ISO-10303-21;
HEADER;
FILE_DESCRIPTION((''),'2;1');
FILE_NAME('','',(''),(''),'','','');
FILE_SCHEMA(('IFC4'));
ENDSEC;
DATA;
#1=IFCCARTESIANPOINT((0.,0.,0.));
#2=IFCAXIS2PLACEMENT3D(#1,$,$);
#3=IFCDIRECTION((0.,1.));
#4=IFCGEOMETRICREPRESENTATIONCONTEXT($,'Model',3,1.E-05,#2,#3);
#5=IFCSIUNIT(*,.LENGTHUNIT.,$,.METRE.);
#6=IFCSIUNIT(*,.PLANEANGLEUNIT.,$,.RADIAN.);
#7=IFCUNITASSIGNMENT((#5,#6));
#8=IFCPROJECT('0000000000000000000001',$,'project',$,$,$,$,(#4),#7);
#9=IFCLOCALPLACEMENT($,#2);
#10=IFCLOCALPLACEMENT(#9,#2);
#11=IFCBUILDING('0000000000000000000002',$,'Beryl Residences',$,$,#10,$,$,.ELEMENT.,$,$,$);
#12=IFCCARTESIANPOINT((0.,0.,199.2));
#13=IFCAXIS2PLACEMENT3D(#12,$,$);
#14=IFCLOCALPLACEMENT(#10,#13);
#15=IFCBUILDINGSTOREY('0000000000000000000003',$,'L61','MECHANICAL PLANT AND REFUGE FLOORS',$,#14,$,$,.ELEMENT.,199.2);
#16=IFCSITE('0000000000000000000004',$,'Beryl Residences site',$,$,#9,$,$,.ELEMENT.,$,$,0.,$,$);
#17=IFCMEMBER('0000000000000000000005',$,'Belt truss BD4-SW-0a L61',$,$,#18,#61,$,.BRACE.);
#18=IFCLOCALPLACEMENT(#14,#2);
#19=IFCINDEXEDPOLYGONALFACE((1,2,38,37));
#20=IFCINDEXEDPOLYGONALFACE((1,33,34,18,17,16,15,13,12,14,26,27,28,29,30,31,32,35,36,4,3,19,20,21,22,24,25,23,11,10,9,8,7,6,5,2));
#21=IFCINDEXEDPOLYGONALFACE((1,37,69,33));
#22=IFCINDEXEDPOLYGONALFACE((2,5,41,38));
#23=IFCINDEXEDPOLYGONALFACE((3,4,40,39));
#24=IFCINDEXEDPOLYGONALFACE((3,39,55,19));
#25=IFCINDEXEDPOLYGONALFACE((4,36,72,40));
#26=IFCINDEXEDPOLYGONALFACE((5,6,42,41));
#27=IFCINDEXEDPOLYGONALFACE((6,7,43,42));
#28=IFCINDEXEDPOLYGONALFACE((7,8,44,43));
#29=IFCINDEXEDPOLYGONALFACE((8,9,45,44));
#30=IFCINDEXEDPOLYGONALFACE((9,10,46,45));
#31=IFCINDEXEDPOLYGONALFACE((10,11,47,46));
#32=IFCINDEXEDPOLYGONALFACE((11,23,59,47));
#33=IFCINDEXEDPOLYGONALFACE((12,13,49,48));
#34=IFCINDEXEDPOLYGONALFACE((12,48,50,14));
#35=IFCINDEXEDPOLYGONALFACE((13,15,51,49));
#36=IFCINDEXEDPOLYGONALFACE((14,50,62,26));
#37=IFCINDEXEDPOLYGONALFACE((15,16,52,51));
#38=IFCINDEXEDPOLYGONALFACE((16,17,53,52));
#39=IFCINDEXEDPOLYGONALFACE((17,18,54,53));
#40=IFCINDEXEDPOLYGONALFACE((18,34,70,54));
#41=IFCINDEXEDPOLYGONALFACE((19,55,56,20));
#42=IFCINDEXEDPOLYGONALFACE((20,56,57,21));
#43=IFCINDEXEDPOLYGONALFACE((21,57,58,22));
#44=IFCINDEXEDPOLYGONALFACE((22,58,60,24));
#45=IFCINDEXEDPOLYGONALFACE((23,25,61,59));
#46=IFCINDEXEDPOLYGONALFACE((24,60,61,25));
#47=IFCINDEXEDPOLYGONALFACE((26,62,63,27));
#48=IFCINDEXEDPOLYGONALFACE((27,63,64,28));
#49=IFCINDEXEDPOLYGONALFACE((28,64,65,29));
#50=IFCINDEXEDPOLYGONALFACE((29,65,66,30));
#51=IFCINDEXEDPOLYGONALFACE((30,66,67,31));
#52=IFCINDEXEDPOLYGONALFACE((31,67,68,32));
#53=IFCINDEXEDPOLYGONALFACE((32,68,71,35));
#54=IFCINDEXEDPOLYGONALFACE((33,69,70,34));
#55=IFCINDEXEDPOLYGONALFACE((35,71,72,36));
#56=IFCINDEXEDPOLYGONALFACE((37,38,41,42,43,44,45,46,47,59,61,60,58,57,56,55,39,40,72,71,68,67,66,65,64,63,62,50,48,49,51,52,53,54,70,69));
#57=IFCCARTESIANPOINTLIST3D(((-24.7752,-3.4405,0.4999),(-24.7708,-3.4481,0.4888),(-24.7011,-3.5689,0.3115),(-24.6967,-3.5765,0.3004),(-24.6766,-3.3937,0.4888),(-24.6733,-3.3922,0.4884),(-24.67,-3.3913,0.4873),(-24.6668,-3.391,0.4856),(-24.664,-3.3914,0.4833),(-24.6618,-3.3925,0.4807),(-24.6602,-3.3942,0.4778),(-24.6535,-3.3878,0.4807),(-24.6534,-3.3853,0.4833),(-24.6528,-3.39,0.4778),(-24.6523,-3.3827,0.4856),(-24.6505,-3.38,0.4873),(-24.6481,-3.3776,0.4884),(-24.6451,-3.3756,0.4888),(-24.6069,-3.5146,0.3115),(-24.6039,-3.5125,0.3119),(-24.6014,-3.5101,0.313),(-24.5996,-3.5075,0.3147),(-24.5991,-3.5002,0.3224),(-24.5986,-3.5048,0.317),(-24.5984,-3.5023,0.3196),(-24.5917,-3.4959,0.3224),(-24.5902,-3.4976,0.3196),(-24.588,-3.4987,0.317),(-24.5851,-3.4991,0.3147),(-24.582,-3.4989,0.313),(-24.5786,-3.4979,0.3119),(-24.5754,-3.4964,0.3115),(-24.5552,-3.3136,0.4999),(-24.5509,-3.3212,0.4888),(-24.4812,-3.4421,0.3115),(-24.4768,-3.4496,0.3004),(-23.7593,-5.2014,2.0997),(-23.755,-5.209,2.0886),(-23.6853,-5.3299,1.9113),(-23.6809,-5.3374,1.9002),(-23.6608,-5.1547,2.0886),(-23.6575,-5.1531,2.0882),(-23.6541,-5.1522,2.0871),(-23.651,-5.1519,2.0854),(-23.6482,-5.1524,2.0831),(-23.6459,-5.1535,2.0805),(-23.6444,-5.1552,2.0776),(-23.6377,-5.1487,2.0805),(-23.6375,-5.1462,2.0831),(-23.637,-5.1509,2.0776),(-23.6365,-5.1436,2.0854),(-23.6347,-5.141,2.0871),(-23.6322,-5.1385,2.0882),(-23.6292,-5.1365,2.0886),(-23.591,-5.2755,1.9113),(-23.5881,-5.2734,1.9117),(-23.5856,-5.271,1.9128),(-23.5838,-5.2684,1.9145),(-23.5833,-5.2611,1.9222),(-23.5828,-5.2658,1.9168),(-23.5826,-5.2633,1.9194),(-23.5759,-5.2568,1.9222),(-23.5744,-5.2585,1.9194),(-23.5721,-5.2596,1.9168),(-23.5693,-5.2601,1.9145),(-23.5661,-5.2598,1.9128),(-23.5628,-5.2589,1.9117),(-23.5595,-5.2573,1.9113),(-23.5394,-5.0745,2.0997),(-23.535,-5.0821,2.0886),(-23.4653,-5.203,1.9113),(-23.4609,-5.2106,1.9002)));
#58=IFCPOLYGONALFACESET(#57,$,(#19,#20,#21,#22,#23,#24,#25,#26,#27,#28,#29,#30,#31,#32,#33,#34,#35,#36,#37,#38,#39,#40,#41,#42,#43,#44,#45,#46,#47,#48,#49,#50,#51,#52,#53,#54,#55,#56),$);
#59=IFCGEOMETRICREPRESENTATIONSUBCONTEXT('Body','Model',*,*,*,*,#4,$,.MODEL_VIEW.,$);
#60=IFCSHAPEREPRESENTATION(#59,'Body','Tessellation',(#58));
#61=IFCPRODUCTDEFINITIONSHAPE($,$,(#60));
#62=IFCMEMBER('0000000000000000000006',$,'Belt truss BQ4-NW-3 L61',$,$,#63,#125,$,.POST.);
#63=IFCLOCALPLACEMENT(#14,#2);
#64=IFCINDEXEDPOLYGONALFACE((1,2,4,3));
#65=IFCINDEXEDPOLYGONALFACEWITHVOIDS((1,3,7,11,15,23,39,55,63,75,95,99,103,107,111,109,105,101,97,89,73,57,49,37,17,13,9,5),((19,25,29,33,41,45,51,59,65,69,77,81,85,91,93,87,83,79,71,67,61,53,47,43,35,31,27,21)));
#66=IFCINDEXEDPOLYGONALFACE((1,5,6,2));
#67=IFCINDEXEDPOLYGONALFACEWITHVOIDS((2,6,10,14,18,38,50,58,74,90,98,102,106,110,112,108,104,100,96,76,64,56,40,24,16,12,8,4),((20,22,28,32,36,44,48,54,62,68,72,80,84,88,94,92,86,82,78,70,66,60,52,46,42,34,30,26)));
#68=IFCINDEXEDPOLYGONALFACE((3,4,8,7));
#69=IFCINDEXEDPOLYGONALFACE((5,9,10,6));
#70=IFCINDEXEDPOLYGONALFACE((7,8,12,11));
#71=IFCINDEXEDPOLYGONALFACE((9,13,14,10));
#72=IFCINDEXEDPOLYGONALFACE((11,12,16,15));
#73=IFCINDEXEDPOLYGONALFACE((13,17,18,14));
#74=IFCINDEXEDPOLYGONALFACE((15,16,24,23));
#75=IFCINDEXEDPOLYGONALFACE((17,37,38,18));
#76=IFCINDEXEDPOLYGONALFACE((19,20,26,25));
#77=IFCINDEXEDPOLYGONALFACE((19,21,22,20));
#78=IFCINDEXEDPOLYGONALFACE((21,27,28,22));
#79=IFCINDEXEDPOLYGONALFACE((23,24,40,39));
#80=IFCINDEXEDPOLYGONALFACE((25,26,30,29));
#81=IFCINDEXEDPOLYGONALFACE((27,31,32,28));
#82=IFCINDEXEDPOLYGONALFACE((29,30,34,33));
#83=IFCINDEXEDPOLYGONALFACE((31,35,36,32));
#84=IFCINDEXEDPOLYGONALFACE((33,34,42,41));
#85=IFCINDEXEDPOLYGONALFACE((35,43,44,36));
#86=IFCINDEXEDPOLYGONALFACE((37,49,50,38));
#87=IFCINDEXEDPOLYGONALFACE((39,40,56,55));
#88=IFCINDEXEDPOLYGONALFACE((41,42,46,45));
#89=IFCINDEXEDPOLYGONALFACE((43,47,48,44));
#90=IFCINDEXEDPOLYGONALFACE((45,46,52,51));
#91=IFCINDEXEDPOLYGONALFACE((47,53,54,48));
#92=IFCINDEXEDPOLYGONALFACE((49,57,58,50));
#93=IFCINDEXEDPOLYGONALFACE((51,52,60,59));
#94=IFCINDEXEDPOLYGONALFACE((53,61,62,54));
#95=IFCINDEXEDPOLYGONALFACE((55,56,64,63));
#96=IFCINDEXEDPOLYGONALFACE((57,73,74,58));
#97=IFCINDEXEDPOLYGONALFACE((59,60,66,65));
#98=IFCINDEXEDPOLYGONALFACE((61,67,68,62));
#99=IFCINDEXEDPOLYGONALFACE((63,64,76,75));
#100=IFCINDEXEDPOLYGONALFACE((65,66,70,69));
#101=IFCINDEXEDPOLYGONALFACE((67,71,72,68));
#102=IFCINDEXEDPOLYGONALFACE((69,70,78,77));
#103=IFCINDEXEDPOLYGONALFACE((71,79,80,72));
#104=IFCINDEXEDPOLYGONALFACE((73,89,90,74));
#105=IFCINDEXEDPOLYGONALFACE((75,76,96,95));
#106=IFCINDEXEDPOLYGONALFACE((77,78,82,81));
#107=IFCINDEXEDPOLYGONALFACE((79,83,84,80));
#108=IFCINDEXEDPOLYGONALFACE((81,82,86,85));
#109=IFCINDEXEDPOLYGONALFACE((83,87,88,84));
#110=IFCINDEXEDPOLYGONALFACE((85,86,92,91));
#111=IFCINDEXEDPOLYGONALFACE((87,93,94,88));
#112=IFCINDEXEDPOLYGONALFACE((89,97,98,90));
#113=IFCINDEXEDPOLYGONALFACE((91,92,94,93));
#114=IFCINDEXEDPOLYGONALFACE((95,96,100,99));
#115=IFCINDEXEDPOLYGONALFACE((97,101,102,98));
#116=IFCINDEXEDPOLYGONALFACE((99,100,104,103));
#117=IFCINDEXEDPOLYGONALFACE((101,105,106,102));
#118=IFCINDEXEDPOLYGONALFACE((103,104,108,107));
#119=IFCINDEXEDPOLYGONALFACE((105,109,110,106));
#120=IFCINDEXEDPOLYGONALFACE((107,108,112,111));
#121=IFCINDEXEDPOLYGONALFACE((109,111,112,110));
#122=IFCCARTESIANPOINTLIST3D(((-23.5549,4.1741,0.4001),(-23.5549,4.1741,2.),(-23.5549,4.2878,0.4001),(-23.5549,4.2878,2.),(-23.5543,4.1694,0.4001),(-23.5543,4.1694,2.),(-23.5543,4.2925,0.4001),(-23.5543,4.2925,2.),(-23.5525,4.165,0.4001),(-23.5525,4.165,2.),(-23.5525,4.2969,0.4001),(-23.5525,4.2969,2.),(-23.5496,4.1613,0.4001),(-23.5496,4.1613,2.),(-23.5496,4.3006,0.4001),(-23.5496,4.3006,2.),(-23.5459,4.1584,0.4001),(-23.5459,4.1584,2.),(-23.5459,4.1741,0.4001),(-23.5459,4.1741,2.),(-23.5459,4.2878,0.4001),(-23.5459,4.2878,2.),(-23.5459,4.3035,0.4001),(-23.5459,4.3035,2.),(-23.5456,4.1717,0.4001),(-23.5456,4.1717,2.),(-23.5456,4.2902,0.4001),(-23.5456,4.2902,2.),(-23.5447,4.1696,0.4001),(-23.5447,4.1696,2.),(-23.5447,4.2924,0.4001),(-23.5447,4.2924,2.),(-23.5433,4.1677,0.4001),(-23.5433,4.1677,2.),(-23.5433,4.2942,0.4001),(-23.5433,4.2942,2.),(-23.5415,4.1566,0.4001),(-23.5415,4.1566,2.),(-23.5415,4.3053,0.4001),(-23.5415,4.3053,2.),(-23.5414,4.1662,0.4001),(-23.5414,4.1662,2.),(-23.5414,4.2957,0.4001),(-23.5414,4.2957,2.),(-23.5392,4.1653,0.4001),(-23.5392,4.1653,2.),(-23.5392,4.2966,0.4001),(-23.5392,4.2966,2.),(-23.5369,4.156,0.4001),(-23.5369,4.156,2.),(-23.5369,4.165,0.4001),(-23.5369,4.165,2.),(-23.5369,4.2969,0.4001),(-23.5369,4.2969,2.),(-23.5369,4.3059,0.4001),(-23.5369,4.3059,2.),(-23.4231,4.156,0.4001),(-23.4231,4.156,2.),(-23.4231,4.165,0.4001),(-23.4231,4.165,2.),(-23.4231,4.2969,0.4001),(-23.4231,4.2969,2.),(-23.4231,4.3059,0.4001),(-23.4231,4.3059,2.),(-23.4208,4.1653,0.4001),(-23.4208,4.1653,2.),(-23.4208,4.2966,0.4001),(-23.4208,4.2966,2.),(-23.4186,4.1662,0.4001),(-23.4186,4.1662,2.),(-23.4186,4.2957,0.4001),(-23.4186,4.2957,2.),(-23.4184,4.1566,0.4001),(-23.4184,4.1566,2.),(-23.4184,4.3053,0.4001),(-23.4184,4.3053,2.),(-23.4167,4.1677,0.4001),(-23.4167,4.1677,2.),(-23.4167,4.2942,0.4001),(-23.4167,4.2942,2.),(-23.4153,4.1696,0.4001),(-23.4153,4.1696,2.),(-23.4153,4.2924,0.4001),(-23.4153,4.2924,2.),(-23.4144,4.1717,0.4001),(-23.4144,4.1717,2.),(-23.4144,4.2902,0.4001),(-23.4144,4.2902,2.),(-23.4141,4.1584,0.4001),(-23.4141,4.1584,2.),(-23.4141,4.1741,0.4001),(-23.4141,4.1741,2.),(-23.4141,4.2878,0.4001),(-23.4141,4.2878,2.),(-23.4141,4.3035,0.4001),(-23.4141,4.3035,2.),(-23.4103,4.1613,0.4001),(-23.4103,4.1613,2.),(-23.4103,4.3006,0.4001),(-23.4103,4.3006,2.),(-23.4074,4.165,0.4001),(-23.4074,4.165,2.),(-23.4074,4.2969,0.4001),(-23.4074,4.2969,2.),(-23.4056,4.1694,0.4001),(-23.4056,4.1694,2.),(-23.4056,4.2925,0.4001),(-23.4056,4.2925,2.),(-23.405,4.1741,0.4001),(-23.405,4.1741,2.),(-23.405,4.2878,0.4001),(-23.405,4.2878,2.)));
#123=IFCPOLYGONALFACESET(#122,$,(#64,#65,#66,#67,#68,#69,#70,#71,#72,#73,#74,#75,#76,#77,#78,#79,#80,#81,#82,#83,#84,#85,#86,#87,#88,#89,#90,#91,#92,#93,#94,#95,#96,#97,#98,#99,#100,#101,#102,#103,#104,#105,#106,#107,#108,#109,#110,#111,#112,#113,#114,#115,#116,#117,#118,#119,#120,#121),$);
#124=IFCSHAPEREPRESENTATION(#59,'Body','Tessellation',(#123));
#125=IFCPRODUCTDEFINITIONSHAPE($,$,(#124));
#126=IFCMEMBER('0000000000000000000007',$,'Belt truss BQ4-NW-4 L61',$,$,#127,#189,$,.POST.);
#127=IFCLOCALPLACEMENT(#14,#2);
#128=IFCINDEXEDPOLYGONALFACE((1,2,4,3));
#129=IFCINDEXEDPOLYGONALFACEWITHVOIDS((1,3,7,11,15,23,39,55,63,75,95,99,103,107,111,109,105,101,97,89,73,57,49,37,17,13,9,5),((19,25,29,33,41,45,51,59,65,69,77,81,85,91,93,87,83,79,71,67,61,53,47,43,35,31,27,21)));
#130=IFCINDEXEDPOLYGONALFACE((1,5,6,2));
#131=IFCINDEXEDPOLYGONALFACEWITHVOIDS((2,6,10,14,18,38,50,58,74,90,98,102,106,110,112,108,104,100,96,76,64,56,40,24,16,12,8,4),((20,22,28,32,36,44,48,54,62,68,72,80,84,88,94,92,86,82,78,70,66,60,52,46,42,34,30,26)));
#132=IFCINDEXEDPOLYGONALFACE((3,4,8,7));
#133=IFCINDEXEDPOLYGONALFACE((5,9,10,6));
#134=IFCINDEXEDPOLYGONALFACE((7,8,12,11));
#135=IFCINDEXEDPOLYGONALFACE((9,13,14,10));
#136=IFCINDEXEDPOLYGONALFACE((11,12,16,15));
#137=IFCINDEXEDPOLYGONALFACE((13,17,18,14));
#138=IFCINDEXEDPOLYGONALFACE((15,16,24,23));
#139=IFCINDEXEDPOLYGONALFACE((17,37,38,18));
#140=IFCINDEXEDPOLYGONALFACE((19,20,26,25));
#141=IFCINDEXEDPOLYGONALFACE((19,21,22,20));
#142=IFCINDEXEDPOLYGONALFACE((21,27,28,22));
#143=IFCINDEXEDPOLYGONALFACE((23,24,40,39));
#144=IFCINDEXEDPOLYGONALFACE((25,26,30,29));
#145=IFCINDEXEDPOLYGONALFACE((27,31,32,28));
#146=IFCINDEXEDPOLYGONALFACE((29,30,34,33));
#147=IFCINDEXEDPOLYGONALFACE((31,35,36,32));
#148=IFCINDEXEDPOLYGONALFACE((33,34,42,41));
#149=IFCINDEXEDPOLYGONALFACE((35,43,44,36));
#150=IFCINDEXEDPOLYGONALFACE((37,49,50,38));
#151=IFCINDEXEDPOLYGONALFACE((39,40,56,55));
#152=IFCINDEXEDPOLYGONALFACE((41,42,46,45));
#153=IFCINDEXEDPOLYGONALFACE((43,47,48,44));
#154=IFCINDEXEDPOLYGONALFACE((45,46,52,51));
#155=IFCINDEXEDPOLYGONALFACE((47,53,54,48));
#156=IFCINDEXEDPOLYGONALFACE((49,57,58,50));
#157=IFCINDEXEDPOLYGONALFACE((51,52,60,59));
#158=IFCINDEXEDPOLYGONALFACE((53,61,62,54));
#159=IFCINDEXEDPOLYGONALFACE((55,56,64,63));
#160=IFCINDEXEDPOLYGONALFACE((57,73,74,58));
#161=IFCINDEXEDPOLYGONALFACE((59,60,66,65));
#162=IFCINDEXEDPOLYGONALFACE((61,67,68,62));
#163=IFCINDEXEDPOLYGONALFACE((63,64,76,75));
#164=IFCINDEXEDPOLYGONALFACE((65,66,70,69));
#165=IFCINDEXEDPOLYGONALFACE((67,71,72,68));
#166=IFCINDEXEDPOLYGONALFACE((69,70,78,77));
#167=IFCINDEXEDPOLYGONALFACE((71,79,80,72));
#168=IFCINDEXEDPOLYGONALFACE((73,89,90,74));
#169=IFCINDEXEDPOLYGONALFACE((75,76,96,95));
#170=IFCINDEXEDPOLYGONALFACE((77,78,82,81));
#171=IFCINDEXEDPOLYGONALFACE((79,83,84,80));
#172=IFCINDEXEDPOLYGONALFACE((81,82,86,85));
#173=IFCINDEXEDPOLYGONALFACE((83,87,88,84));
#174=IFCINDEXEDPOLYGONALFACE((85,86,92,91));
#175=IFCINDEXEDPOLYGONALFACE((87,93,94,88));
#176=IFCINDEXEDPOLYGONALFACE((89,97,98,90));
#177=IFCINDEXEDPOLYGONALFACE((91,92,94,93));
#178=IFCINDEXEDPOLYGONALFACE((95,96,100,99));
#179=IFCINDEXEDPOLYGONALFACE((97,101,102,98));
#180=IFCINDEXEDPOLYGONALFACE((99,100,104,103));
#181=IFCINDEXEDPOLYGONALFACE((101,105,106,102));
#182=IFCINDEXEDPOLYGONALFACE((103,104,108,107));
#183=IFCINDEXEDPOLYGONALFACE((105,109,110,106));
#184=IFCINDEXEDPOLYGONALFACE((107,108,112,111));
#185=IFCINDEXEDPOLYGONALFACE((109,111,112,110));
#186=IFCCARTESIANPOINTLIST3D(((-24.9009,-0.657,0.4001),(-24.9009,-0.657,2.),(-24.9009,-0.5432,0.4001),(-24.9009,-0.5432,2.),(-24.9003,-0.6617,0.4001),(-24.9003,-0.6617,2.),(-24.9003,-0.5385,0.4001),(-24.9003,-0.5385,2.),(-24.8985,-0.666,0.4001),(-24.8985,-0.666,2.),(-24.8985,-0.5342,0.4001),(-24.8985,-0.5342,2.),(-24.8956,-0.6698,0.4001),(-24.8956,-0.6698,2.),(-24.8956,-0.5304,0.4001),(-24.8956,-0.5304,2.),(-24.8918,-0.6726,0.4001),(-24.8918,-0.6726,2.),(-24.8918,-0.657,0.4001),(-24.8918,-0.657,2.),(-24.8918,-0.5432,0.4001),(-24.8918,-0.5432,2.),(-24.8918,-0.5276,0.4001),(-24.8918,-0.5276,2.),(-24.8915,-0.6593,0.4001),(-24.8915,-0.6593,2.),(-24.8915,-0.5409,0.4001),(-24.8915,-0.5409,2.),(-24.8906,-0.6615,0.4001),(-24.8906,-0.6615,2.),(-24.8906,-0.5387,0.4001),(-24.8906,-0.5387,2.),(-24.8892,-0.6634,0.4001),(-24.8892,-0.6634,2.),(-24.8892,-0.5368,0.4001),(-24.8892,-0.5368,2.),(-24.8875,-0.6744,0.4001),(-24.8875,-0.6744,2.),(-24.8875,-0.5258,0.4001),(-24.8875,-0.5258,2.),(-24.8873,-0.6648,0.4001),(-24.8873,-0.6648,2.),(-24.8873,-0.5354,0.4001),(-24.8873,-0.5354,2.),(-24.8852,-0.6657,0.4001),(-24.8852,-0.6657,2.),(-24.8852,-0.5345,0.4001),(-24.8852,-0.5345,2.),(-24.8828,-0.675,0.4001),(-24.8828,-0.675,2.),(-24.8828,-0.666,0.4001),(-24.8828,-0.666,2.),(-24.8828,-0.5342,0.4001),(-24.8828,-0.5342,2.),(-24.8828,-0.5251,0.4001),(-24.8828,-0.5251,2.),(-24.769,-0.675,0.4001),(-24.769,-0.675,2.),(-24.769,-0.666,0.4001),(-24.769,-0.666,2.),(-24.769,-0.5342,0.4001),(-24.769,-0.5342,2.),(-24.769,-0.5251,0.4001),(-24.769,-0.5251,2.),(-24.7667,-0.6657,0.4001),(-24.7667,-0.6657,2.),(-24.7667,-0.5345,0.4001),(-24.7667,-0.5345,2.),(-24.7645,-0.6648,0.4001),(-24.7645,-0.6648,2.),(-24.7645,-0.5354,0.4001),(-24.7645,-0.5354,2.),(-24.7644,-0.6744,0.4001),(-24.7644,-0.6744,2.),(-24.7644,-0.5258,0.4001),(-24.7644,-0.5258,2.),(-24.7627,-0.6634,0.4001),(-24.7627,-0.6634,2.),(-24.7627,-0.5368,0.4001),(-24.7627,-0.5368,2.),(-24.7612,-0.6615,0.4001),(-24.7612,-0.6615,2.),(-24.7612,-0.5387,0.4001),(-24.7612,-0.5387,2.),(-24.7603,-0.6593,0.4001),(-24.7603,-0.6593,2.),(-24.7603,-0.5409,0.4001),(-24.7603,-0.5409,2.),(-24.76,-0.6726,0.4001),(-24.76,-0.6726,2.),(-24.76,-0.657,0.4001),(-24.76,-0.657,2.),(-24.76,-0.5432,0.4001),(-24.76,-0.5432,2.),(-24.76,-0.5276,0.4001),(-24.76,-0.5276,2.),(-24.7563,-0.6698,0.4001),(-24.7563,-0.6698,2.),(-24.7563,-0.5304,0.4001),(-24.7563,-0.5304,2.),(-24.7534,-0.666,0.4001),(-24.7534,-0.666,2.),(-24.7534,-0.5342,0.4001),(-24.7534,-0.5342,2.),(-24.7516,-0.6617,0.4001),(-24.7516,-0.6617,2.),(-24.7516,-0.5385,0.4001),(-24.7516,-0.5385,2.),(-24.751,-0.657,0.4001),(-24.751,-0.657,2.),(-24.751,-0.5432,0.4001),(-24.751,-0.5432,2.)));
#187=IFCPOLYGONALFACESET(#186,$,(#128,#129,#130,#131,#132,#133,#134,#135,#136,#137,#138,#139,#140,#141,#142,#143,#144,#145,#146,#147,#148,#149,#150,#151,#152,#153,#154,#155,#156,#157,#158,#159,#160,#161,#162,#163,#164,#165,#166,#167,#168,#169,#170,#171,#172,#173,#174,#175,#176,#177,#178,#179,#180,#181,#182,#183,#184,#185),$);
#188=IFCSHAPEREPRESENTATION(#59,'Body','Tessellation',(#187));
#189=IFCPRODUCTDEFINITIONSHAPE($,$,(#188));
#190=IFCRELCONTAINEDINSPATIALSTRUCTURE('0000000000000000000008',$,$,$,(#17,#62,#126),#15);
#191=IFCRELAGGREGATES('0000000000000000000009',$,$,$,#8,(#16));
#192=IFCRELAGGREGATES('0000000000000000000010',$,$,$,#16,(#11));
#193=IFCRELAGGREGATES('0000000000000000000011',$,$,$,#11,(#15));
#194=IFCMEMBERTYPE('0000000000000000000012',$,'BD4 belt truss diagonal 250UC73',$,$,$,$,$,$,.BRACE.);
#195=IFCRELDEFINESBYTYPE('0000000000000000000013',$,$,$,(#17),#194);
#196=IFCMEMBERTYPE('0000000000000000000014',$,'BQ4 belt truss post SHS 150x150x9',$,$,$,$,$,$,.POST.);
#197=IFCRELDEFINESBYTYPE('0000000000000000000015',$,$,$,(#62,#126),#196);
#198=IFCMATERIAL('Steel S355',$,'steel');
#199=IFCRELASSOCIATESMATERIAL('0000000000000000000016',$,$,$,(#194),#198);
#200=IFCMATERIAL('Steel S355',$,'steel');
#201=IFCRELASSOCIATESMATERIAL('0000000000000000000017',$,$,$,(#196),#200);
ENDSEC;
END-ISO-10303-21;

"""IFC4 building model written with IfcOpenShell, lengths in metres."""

from ifc_helpers import new_model, si_unit, direction, frame, origin, origin_2d, place, context, subcontext, project, spatial, hollow_rectangle, i_section, extrude, material, material_profile, profile_set, type_object, element, save


model = new_model("IFC4")

# Units and contexts
model_context = context("Model", 3, precision=1e-05, world=origin(), true_north=direction((0.0, 1.0)))
body_context = subcontext(model_context, "Body", "Model", "MODEL_VIEW")
ifc_project = project(units=[si_unit("LENGTHUNIT", "METRE"), si_unit("PLANEANGLEUNIT", "RADIAN")], contexts=[model_context])

# Site, building, storey
site_placement = place(None, origin())
site = spatial("IfcSite", under=ifc_project, at=site_placement, Name="Beryl Residences site", CompositionType="ELEMENT", RefElevation=0.0)
building_placement = place(site_placement, origin())
building = spatial("IfcBuilding", under=site, at=building_placement, Name="Beryl Residences", CompositionType="ELEMENT")
storey_placement = place(building_placement, frame((0.0, 0.0, 199.2)))
storey = spatial("IfcBuildingStorey", under=building, at=storey_placement, Name="L61", Description="MECHANICAL PLANT AND REFUGE FLOORS", CompositionType="ELEMENT", Elevation=199.2)

# Members
ifc_material_1 = material(Name="Steel S355", Category="steel")
ifc_material_profile_1 = material_profile(ifc_material_1, i_section(OverallWidth=0.2539, OverallDepth=0.2539, WebThickness=0.0085, FlangeThickness=0.0142, FilletRadius=0.0139, at=origin_2d()))
ifc_profile_set_1 = profile_set([ifc_material_profile_1], Name="Steel S355")
member_type_1 = type_object("IfcMemberType", Name="BD4 belt truss diagonal 250UC73", PredefinedType="BRACE", material=ifc_profile_set_1)
member_1_placement = place(storey_placement, frame((-24.626, -3.4451, 0.4001), z_axis=(0.392682, -0.680705, 0.618419), x_axis=(0.866204, 0.499691, 0.0)))
element("IfcMember", 1, at=member_1_placement, inside=storey, type_object=member_type_1, Name="Belt truss BD4-SW-0a L61", PredefinedType="BRACE", context=body_context, shape_type="SweptSolid", body=[
    extrude(i_section(OverallWidth=0.2539, OverallDepth=0.2539, WebThickness=0.0085, FlangeThickness=0.0142, FilletRadius=0.0139, at=origin_2d()), origin(), (0.0, 0.0, 1.0), 2.5869),
])
ifc_material_2 = material(Name="Steel S355", Category="steel")
ifc_material_profile_2 = material_profile(ifc_material_2, hollow_rectangle(XDim=0.1499, YDim=0.1499, WallThickness=0.009, InnerFilletRadius=0.009, OuterFilletRadius=0.0181, at=origin_2d()))
ifc_profile_set_2 = profile_set([ifc_material_profile_2], Name="Steel S355")
member_type_2 = type_object("IfcMemberType", Name="BQ4 belt truss post SHS 150x150x9", PredefinedType="POST", material=ifc_profile_set_2)
for number, where, z_axis, x_axis, name in (
    (2, (-23.48, 4.231, 0.4001), (0.0, 0.0, 1.0), (1.0, 0.0, 0.0), "Belt truss BQ4-NW-3 L61"),
    (3, (-24.8259, -0.6001, 0.4001), (0.0, 0.0, 1.0), (1.0, 0.0, 0.0), "Belt truss BQ4-NW-4 L61"),
):
    element("IfcMember", number, at=place(storey_placement, frame(where, z_axis=z_axis, x_axis=x_axis)), inside=storey, type_object=member_type_2, Name=name, PredefinedType="POST", context=body_context, shape_type="SweptSolid", body=[
        extrude(hollow_rectangle(XDim=0.1499, YDim=0.1499, WallThickness=0.009, InnerFilletRadius=0.009, OuterFilletRadius=0.0181, at=origin_2d()), origin(), (0.0, 0.0, 1.0), 1.5999),
    ])

save(model, "model.ifc")
